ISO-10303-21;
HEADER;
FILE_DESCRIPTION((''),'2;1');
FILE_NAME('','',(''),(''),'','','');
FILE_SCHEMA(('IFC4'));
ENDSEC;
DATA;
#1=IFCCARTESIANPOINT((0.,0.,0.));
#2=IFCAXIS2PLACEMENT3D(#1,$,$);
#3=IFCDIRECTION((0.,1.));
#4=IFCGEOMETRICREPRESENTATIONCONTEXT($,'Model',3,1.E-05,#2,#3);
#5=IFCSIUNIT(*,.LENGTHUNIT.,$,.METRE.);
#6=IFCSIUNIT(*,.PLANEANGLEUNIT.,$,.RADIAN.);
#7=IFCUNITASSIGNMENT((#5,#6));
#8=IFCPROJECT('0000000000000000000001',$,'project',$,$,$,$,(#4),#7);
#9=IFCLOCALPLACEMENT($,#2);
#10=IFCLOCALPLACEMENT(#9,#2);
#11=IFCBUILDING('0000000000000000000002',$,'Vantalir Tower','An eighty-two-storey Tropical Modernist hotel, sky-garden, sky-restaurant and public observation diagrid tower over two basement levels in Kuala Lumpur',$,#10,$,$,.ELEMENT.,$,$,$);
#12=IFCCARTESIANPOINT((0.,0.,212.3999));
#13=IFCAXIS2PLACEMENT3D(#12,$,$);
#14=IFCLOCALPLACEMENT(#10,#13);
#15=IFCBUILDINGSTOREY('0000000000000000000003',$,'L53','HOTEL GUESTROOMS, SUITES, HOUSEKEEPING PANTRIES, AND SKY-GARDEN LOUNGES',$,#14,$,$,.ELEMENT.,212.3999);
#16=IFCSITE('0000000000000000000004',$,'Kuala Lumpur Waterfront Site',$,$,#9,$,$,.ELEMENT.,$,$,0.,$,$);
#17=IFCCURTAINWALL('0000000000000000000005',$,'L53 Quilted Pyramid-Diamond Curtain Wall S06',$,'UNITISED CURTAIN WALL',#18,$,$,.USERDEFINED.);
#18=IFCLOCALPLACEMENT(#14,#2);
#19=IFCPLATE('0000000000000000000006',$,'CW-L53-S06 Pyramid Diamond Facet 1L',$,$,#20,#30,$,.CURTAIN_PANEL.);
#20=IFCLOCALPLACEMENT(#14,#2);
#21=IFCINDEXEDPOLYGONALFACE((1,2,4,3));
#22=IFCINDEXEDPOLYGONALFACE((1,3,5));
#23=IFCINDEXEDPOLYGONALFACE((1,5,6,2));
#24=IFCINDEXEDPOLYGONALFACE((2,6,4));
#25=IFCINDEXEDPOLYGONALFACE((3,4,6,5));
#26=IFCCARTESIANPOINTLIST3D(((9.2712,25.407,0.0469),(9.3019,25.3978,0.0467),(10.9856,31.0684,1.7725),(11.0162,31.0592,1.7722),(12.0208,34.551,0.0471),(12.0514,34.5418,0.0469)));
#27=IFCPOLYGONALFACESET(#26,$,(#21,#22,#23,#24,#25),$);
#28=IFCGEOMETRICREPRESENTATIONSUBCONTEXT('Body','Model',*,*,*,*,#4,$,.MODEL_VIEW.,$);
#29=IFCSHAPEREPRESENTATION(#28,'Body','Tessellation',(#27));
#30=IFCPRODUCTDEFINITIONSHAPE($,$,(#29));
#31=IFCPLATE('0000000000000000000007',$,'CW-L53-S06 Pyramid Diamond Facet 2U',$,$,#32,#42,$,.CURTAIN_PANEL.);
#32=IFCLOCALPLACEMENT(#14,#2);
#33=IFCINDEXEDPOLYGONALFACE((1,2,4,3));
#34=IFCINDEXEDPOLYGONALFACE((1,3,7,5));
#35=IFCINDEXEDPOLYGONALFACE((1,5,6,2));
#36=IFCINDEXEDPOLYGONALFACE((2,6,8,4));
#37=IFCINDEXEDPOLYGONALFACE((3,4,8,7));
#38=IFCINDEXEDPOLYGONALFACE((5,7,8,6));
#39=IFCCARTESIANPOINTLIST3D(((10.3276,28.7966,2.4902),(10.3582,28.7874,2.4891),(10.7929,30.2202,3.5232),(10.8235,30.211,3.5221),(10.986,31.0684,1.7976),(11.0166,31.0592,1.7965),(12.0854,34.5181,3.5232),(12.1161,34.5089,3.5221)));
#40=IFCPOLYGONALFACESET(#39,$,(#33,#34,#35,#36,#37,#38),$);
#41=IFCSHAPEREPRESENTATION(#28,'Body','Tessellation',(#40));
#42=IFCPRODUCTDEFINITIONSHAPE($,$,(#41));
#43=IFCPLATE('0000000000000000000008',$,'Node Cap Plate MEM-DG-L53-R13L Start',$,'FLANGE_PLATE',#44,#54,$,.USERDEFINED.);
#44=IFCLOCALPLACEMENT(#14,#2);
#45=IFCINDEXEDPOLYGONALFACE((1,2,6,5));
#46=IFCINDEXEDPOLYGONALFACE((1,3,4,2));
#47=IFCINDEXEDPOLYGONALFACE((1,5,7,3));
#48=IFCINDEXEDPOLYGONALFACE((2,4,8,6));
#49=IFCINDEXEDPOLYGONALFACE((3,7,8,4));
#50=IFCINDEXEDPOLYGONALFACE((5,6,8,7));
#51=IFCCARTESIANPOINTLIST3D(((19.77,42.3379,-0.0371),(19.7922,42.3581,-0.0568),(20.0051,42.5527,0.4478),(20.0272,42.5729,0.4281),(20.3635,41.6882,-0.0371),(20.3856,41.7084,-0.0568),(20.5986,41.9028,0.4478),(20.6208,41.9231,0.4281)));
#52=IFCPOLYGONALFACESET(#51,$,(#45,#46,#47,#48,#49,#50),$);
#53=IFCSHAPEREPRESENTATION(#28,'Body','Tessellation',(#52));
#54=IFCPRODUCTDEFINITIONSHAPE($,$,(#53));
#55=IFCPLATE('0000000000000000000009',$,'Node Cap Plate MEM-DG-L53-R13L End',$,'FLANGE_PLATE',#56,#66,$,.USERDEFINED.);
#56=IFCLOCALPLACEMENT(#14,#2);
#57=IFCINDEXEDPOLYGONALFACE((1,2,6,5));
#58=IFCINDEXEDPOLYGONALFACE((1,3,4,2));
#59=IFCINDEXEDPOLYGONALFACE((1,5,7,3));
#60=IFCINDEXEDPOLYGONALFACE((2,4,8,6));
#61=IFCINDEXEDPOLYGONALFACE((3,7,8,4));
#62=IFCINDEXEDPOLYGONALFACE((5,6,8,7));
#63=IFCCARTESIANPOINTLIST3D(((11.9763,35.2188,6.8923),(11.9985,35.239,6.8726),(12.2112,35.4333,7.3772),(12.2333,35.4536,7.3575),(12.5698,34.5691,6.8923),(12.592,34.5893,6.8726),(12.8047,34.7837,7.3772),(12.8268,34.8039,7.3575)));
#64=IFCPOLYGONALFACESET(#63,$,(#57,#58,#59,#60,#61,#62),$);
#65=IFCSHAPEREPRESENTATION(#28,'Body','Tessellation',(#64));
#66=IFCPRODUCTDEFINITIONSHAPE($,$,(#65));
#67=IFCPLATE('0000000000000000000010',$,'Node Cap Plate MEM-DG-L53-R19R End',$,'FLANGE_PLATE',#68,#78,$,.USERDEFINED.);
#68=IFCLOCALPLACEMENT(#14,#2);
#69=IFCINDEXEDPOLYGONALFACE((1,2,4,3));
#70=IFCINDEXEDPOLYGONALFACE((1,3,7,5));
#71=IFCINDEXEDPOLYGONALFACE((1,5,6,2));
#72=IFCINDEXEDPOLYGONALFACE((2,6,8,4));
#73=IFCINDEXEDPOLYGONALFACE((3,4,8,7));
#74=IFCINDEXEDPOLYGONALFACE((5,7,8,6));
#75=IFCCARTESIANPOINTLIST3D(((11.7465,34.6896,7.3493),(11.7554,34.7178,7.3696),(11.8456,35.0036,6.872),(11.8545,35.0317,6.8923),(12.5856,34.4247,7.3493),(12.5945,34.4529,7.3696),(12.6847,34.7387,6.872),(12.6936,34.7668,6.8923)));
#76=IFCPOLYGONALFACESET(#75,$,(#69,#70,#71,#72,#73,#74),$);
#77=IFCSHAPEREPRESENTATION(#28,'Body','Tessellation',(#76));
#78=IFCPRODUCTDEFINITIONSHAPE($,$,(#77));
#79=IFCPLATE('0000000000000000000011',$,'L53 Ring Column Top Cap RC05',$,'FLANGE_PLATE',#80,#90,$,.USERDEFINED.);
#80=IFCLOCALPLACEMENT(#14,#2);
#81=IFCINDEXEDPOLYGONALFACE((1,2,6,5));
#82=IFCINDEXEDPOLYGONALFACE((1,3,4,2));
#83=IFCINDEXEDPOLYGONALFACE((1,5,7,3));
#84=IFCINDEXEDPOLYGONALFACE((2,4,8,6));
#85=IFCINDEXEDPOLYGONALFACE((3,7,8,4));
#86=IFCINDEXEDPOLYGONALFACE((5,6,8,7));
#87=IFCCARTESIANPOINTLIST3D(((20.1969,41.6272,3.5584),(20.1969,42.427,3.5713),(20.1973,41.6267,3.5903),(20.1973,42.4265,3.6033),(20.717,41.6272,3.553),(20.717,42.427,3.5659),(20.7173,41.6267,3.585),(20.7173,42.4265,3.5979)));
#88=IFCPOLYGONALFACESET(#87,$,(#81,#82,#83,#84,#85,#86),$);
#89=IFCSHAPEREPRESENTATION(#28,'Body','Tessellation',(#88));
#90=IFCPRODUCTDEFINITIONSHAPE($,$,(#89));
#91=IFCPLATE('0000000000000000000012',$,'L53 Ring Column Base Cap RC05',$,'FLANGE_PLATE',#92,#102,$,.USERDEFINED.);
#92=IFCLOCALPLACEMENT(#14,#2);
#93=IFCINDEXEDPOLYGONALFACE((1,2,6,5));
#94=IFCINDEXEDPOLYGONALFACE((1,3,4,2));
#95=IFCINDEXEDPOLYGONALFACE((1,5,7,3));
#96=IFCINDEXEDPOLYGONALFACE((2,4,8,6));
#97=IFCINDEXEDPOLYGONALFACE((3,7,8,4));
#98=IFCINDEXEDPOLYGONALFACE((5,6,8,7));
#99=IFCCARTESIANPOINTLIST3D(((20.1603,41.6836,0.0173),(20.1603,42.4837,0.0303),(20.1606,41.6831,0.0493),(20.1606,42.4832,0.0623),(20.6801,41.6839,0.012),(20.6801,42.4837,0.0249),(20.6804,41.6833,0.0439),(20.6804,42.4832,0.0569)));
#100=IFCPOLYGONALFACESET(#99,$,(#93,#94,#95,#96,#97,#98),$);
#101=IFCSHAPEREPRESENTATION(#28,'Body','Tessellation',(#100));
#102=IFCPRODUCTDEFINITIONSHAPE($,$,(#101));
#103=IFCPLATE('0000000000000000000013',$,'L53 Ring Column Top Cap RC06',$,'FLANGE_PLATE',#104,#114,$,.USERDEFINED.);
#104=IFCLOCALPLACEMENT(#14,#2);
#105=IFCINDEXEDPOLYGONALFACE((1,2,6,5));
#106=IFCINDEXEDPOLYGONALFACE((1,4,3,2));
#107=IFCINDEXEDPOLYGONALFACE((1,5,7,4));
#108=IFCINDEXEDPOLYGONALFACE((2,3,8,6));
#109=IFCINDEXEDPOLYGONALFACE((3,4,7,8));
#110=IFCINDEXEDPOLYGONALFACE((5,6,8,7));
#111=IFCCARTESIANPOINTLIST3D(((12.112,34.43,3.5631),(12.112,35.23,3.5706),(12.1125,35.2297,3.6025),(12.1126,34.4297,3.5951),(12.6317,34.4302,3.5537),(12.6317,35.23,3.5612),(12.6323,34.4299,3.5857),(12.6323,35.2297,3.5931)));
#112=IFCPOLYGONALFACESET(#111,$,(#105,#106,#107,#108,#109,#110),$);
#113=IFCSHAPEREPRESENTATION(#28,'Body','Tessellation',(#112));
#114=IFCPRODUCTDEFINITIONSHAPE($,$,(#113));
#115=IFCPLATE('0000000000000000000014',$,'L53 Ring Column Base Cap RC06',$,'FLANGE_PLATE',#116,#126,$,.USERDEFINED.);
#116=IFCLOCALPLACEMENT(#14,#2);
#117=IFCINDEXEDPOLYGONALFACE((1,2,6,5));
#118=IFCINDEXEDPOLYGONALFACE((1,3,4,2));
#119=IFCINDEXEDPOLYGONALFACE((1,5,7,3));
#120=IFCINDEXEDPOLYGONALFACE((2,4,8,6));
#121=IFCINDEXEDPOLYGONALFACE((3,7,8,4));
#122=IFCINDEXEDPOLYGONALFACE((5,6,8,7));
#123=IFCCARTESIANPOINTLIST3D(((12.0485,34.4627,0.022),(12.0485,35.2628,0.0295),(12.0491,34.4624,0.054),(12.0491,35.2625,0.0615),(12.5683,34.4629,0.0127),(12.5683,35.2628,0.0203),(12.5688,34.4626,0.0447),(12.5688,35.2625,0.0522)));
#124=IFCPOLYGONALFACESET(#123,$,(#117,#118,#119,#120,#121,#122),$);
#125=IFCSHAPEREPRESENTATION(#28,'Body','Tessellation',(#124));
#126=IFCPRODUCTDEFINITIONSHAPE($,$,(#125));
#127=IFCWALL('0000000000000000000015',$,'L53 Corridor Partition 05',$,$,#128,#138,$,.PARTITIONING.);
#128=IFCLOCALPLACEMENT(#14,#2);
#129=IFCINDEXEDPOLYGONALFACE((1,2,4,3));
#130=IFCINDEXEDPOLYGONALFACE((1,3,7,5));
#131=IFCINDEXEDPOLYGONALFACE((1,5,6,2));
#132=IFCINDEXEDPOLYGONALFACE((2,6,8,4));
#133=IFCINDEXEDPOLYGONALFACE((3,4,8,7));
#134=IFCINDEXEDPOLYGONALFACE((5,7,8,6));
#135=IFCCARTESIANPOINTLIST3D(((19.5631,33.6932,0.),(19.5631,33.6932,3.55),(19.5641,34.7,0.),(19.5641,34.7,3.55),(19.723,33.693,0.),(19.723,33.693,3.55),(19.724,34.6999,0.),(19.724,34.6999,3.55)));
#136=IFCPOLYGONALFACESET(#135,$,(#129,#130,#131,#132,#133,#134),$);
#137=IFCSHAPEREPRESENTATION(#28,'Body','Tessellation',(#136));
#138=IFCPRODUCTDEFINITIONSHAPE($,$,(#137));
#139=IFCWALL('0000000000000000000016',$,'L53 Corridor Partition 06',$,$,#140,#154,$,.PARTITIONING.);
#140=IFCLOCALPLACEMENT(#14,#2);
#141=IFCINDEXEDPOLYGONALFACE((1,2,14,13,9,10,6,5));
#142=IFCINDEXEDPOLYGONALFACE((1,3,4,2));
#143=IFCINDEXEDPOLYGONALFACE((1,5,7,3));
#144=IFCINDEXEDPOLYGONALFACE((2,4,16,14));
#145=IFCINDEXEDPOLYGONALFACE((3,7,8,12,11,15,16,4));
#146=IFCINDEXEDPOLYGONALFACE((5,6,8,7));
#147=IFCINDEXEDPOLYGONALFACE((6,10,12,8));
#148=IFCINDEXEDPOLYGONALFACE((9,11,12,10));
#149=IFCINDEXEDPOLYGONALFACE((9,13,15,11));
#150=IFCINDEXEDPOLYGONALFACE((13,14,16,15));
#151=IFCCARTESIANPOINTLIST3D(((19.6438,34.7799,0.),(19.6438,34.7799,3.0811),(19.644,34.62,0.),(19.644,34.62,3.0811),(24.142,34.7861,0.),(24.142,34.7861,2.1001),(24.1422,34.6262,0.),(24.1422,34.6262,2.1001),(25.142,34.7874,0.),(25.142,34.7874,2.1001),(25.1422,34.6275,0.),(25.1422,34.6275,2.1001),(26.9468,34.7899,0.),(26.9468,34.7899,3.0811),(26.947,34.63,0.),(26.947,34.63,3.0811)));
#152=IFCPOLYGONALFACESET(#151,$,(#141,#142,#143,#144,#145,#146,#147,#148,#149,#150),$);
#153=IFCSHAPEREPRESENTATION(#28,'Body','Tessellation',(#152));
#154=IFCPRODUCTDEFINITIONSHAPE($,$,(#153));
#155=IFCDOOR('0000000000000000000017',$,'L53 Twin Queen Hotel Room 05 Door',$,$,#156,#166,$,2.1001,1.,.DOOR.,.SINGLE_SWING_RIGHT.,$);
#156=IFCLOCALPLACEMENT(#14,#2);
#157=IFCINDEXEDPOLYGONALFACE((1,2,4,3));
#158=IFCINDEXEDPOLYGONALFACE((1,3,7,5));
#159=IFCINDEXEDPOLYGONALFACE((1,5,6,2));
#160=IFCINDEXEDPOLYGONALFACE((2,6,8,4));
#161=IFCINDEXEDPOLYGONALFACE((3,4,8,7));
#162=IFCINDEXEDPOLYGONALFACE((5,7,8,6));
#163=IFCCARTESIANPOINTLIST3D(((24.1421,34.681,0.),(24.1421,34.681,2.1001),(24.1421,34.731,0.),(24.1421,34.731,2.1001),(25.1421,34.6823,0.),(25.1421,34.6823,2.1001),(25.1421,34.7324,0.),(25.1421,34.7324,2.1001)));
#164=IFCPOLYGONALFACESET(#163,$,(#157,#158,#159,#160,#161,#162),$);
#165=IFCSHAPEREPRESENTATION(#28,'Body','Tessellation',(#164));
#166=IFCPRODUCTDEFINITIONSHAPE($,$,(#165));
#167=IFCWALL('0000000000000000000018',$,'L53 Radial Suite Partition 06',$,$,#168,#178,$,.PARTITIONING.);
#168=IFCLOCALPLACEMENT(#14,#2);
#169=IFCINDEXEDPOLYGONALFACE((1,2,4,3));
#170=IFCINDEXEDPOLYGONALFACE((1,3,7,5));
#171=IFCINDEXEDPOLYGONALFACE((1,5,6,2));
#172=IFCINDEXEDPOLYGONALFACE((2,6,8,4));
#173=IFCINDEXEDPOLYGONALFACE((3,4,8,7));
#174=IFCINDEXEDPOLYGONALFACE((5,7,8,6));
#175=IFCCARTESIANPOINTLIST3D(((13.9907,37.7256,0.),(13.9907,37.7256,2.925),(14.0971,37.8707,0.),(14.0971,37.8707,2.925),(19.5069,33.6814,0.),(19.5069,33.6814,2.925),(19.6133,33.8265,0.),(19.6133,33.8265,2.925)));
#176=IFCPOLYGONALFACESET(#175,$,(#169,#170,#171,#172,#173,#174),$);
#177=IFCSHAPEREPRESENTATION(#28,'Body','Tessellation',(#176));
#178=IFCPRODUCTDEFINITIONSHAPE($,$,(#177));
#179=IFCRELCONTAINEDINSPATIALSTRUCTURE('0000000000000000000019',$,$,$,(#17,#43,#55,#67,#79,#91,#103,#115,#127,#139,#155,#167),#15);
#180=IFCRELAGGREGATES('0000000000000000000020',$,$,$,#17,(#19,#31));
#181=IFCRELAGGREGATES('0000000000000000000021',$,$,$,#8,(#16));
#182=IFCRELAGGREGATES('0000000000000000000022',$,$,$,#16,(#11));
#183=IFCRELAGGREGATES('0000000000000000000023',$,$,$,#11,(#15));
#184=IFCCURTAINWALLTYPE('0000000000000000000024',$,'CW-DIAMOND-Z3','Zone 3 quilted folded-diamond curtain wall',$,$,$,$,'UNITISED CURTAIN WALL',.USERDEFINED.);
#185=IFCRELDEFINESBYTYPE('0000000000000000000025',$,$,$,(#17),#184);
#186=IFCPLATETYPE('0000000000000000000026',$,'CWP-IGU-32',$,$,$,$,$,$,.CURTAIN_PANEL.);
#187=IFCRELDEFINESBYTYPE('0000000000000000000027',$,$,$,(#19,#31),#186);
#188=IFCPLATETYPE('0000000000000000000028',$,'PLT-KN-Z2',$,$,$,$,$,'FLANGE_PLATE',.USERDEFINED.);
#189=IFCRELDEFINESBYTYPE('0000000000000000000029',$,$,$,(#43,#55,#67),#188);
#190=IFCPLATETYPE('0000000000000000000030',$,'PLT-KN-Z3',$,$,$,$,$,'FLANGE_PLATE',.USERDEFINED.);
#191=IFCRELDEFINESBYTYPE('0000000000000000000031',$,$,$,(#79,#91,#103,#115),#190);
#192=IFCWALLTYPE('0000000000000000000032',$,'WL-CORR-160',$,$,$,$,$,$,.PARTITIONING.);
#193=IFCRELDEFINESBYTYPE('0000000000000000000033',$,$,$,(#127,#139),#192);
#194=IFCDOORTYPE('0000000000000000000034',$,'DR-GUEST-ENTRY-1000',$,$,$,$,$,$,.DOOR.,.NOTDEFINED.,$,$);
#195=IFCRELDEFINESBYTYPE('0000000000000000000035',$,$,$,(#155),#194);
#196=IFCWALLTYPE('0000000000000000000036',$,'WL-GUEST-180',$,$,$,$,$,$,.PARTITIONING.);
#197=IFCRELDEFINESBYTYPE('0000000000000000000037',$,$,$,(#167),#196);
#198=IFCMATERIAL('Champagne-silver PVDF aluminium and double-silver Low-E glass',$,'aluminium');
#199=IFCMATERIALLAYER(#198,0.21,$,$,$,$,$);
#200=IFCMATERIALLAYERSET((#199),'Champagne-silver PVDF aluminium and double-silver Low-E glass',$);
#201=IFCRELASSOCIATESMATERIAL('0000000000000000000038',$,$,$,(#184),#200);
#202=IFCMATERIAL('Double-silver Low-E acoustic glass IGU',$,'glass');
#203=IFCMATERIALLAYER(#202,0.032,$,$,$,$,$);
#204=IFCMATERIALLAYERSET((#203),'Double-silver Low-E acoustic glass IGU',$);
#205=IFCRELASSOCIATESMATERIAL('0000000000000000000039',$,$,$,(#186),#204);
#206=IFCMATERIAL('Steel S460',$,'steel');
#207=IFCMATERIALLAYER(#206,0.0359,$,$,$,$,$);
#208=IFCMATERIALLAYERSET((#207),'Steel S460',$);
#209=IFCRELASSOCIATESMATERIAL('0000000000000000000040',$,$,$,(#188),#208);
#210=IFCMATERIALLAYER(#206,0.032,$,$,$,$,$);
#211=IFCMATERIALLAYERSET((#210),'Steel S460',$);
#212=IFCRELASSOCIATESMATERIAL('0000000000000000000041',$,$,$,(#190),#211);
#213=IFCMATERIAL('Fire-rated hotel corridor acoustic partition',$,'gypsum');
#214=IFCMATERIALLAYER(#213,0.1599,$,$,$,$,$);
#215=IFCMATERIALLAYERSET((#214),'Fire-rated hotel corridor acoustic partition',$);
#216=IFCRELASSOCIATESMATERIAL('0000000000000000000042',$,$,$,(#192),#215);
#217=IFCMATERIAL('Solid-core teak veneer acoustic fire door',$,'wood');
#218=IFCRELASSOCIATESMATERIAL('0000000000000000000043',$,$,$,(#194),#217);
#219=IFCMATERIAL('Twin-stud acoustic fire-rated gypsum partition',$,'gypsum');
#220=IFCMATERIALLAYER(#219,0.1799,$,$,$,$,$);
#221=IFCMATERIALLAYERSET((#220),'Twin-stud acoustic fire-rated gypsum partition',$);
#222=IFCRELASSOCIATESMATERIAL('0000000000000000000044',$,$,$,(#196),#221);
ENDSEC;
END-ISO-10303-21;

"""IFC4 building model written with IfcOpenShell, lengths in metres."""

from ifc_helpers import new_model, si_unit, direction, frame, frame_2d, origin, place, context, subcontext, project, spatial, polyline, rectangle, outline, extrude, material, layer, layer_set, type_object, element, fill, aggregate, save


model = new_model("IFC4")

# Units and contexts
model_context = context("Model", 3, precision=1e-05, world=origin(), true_north=direction((0.0, 1.0)))
body_context = subcontext(model_context, "Body", "Model", "MODEL_VIEW")
ifc_project = project(units=[si_unit("LENGTHUNIT", "METRE"), si_unit("PLANEANGLEUNIT", "RADIAN")], contexts=[model_context])

# Site, building, storey
site_placement = place(None, origin())
site = spatial("IfcSite", under=ifc_project, at=site_placement, Name="Kuala Lumpur Waterfront Site", CompositionType="ELEMENT", RefElevation=0.0)
building_placement = place(site_placement, origin())
building = spatial("IfcBuilding", under=site, at=building_placement, Name="Vantalir Tower", Description="An eighty-two-storey Tropical Modernist hotel, sky-garden, sky-restaurant and public observation diagrid tower over two basement levels in Kuala Lumpur", CompositionType="ELEMENT")
storey_placement = place(building_placement, frame((0.0, 0.0, 212.3999)))
storey = spatial("IfcBuildingStorey", under=building, at=storey_placement, Name="L53", Description="HOTEL GUESTROOMS, SUITES, HOUSEKEEPING PANTRIES, AND SKY-GARDEN LOUNGES", CompositionType="ELEMENT", Elevation=212.3999)

# Shared definitions
ifc_material_1 = material(Name="Steel S460", Category="steel")

# Shared definitions
ifc_material_2 = material(Name="Champagne-silver PVDF aluminium and double-silver Low-E glass", Category="aluminium")
ifc_layer_1 = layer(ifc_material_2, 0.21)
ifc_layer_set_1 = layer_set([ifc_layer_1], Name="Champagne-silver PVDF aluminium and double-silver Low-E glass")
curtain_wall_type = type_object("IfcCurtainWallType", Name="CW-DIAMOND-Z3", Description="Zone 3 quilted folded-diamond curtain wall", ElementType="UNITISED CURTAIN WALL", PredefinedType="USERDEFINED", material=ifc_layer_set_1)

# Curtain wall
curtain_wall_1_placement = place(storey_placement, origin())
curtain_wall_1 = element("IfcCurtainWall", 1, at=curtain_wall_1_placement, inside=storey, type_object=curtain_wall_type, Name="L53 Quilted Pyramid-Diamond Curtain Wall S06", ObjectType="UNITISED CURTAIN WALL", PredefinedType="USERDEFINED")

# Plates
ifc_material_3 = material(Name="Double-silver Low-E acoustic glass IGU", Category="glass")
ifc_layer_2 = layer(ifc_material_3, 0.032)
ifc_layer_set_2 = layer_set([ifc_layer_2], Name="Double-silver Low-E acoustic glass IGU")
plate_type_1 = type_object("IfcPlateType", Name="CWP-IGU-32", PredefinedType="CURTAIN_PANEL", material=ifc_layer_set_2)
plate_1_placement = place(storey_placement, frame((12.0208, 34.551, 0.0471), z_axis=(-0.957623, 0.287946, 0.006684), x_axis=(-0.287953, -0.957645, -0.000026)))
plate_1 = element("IfcPlate", 2, at=plate_1_placement, type_object=plate_type_1, Name="CW-L53-S06 Pyramid Diamond Facet 1L", PredefinedType="CURTAIN_PANEL", context=body_context, shape_type="SweptSolid", body=[
    extrude(outline(polyline([(0.0, 0.0), (9.5485, 0.0), (3.6332, 1.7255), (0.0, 0.0)])), origin(), (0.0, 0.0, -1.0), 0.032),
])
plate_2_placement = place(storey_placement, frame((12.0854, 34.5181, 3.5232), z_axis=(-0.957063, 0.287836, 0.034367), x_axis=(-0.288006, -0.957628, 0.000001)))
plate_2 = element("IfcPlate", 3, at=plate_2_placement, type_object=plate_type_1, Name="CW-L53-S06 Pyramid Diamond Facet 2U", PredefinedType="CURTAIN_PANEL", context=body_context, shape_type="SweptSolid", body=[
    extrude(outline(polyline([(0.0, 0.0), (4.488, 0.0), (5.9853, -1.0336), (3.6202, -1.7266), (0.0, 0.0)])), origin(), (0.0, 0.0, -1.0), 0.032),
])
aggregate(curtain_wall_1, [plate_1, plate_2])

# Plates
ifc_layer_3 = layer(ifc_material_1, 0.0359)
ifc_layer_set_3 = layer_set([ifc_layer_3], Name="Steel S460")
plate_type_2 = type_object("IfcPlateType", Name="PLT-KN-Z2", ElementType="FLANGE_PLATE", PredefinedType="USERDEFINED", material=ifc_layer_set_3)
plate_3_placement = place(storey_placement, frame((19.77, 42.3379, -0.0371), z_axis=(-0.617177, -0.563727, 0.548912), x_axis=(0.674432, -0.738337, 0.000043)))
element("IfcPlate", 4, at=plate_3_placement, inside=storey, type_object=plate_type_2, Name="Node Cap Plate MEM-DG-L53-R13L Start", ObjectType="FLANGE_PLATE", PredefinedType="USERDEFINED", context=body_context, shape_type="SweptSolid", body=[
    extrude(outline(polyline([(0.0, 0.0), (0.8799, 0.0), (0.8801, 0.58), (0.0, 0.5801), (0.0, 0.0)])), origin(), (0.0, 0.0, -1.0), 0.0359),
])
plate_4_placement = place(storey_placement, frame((11.9763, 35.2188, 6.8923), z_axis=(-0.617278, -0.563924, 0.548596), x_axis=(0.67448, -0.738293, 0.0)))
element("IfcPlate", 5, at=plate_4_placement, inside=storey, type_object=plate_type_2, Name="Node Cap Plate MEM-DG-L53-R13L End", ObjectType="FLANGE_PLATE", PredefinedType="USERDEFINED", context=body_context, shape_type="SweptSolid", body=[
    extrude(outline(polyline([(0.0, 0.0), (0.8799, 0.0), (0.8799, 0.5799), (0.0, 0.5799), (0.0, 0.0)])), origin(), (0.0, 0.0, -1.0), 0.0359),
])
plate_5_placement = place(storey_placement, frame((12.6936, 34.7668, 6.8923), z_axis=(0.247801, 0.784971, 0.567816), x_axis=(-0.953612, 0.301038, 0.0)))
element("IfcPlate", 6, at=plate_5_placement, inside=storey, type_object=plate_type_2, Name="Node Cap Plate MEM-DG-L53-R19R End", ObjectType="FLANGE_PLATE", PredefinedType="USERDEFINED", context=body_context, shape_type="SweptSolid", body=[
    extrude(outline(polyline([(0.0, 0.0), (0.8799, 0.0), (0.8799, 0.5798), (0.0, 0.5798), (0.0, 0.0)])), origin(), (0.0, 0.0, -1.0), 0.0359),
])
ifc_layer_4 = layer(ifc_material_1, 0.032)
ifc_layer_set_4 = layer_set([ifc_layer_4], Name="Steel S460")
plate_type_3 = type_object("IfcPlateType", Name="PLT-KN-Z3", ElementType="FLANGE_PLATE", PredefinedType="USERDEFINED", material=ifc_layer_set_4)
plate_6_placement = place(storey_placement, frame((20.1973, 42.4265, 3.6033), z_axis=(0.010327, -0.016175, 0.999816), x_axis=(0.0, -0.999869, -0.016176)))
element("IfcPlate", 7, at=plate_6_placement, inside=storey, type_object=plate_type_3, Name="L53 Ring Column Top Cap RC05", ObjectType="FLANGE_PLATE", PredefinedType="USERDEFINED", context=body_context, shape_type="SweptSolid", body=[
    extrude(outline(polyline([(0.0, 0.0), (0.7999, 0.0), (0.8, 0.52), (0.0001, 0.52), (0.0, 0.0)])), origin(), (0.0, 0.0, -1.0), 0.032),
])
plate_7_placement = place(storey_placement, frame((20.1606, 42.4832, 0.0623), z_axis=(0.010335, -0.016173, 0.999816), x_axis=(0.0, -0.999869, -0.016174)))
element("IfcPlate", 8, at=plate_7_placement, inside=storey, type_object=plate_type_3, Name="L53 Ring Column Base Cap RC05", ObjectType="FLANGE_PLATE", PredefinedType="USERDEFINED", context=body_context, shape_type="SweptSolid", body=[
    extrude(outline(polyline([(0.0, 0.0), (0.8002, 0.0), (0.8, 0.5198), (0.0001, 0.5198), (0.0, 0.0)])), origin(), (0.0, 0.0, -1.0), 0.032),
])
plate_8_placement = place(storey_placement, frame((12.1125, 35.2297, 3.6025), z_axis=(0.018082, -0.009307, 0.999793), x_axis=(0.000003, -0.999957, -0.009308)))
element("IfcPlate", 9, at=plate_8_placement, inside=storey, type_object=plate_type_3, Name="L53 Ring Column Top Cap RC06", ObjectType="FLANGE_PLATE", PredefinedType="USERDEFINED", context=body_context, shape_type="SweptSolid", body=[
    extrude(outline(polyline([(0.0, 0.0), (0.8001, 0.0), (0.7999, 0.5199), (0.0001, 0.5199), (0.0, 0.0)])), origin(), (0.0, 0.0, -1.0), 0.032),
])
plate_9_placement = place(storey_placement, frame((12.0491, 35.2625, 0.0615), z_axis=(0.017847, -0.009459, 0.999796), x_axis=(0.0, -0.999955, -0.009461)))
element("IfcPlate", 10, at=plate_9_placement, inside=storey, type_object=plate_type_3, Name="L53 Ring Column Base Cap RC06", ObjectType="FLANGE_PLATE", PredefinedType="USERDEFINED", context=body_context, shape_type="SweptSolid", body=[
    extrude(outline(polyline([(0.0, 0.0), (0.8001, 0.0), (0.7999, 0.5199), (0.0001, 0.5199), (0.0, 0.0)])), origin(), (0.0, 0.0, -1.0), 0.032),
])

# Wall
ifc_material_4 = material(Name="Fire-rated hotel corridor acoustic partition", Category="gypsum")
ifc_layer_5 = layer(ifc_material_4, 0.1599)
ifc_layer_set_5 = layer_set([ifc_layer_5], Name="Fire-rated hotel corridor acoustic partition")
wall_type_1 = type_object("IfcWallType", Name="WL-CORR-160", PredefinedType="PARTITIONING", material=ifc_layer_set_5)
wall_1_placement = place(storey_placement, frame((19.6431, 33.6931, 0.0), z_axis=(0.0, 0.0, 1.0), x_axis=(0.00097, 1.0, 0.0)))
element("IfcWall", 11, at=wall_1_placement, inside=storey, type_object=wall_type_1, Name="L53 Corridor Partition 05", PredefinedType="PARTITIONING", context=body_context, shape_type="SweptSolid", body=[
    extrude(rectangle(XDim=1.0068, YDim=0.1599, at=frame_2d((0.5034, 0.0))), origin(), (0.0, 0.0, 1.0), 3.55),
])

# Wall, opening, door
wall_2_placement = place(storey_placement, frame((19.644, 34.7, 0.0), z_axis=(0.0, 0.0, 1.0), x_axis=(0.999999, 0.001371, 0.0)))
wall_2 = element("IfcWall", 12, at=wall_2_placement, inside=storey, type_object=wall_type_1, Name="L53 Corridor Partition 06", PredefinedType="PARTITIONING", context=body_context, shape_type="SweptSolid", body=[
    extrude(rectangle(XDim=7.303, YDim=0.1599, at=frame_2d((3.6514, 0.0))), origin(), (0.0, 0.0, 1.0), 3.0811),
])
opening_placement = place(wall_2_placement, frame((4.498, 0.0, 0.0)))
opening = element("IfcOpeningElement", 13, at=opening_placement, cuts=wall_2, PredefinedType="OPENING", context=body_context, shape_type="SweptSolid", body=[
    extrude(rectangle(XDim=1.0, YDim=2.1001, at=frame_2d((0.5, 1.05))), frame((0.0, 0.0898, 0.0), z_axis=(0.0, -1.0, 0.0), x_axis=(1.0, 0.0, 0.0)), (0.0, 0.0, 1.0), 0.1799),
])
ifc_material_5 = material(Name="Solid-core teak veneer acoustic fire door", Category="wood")
door_type = type_object("IfcDoorType", Name="DR-GUEST-ENTRY-1000", OperationType="NOTDEFINED", PredefinedType="DOOR", material=ifc_material_5)
door_placement = place(opening_placement, origin())
door = element("IfcDoor", 14, at=door_placement, inside=storey, type_object=door_type, Name="L53 Twin Queen Hotel Room 05 Door", OperationType="SINGLE_SWING_RIGHT", OverallHeight=2.1001, OverallWidth=1.0, PredefinedType="DOOR", context=body_context, shape_type="SweptSolid", body=[
    extrude(rectangle(XDim=1.0, YDim=2.1001, at=frame_2d((0.5, 1.05))), frame((0.0, 0.0249, 0.0), z_axis=(0.0, -1.0, 0.0), x_axis=(1.0, 0.0, 0.0)), (0.0, 0.0, 1.0), 0.05),
])
fill(opening, door)

# Wall
ifc_material_6 = material(Name="Twin-stud acoustic fire-rated gypsum partition", Category="gypsum")
ifc_layer_6 = layer(ifc_material_6, 0.1799)
ifc_layer_set_6 = layer_set([ifc_layer_6], Name="Twin-stud acoustic fire-rated gypsum partition")
wall_type_2 = type_object("IfcWallType", Name="WL-GUEST-180", PredefinedType="PARTITIONING", material=ifc_layer_set_6)
wall_3_placement = place(storey_placement, frame((19.5601, 33.7539, 0.0), z_axis=(0.0, 0.0, 1.0), x_axis=(-0.806472, 0.591272, 0.0)))
element("IfcWall", 15, at=wall_3_placement, inside=storey, type_object=wall_type_2, Name="L53 Radial Suite Partition 06", PredefinedType="PARTITIONING", context=body_context, shape_type="SweptSolid", body=[
    extrude(rectangle(XDim=6.8398, YDim=0.1799, at=frame_2d((3.4199, 0.0))), origin(), (0.0, 0.0, 1.0), 2.925),
])

save(model, "model.ifc")
